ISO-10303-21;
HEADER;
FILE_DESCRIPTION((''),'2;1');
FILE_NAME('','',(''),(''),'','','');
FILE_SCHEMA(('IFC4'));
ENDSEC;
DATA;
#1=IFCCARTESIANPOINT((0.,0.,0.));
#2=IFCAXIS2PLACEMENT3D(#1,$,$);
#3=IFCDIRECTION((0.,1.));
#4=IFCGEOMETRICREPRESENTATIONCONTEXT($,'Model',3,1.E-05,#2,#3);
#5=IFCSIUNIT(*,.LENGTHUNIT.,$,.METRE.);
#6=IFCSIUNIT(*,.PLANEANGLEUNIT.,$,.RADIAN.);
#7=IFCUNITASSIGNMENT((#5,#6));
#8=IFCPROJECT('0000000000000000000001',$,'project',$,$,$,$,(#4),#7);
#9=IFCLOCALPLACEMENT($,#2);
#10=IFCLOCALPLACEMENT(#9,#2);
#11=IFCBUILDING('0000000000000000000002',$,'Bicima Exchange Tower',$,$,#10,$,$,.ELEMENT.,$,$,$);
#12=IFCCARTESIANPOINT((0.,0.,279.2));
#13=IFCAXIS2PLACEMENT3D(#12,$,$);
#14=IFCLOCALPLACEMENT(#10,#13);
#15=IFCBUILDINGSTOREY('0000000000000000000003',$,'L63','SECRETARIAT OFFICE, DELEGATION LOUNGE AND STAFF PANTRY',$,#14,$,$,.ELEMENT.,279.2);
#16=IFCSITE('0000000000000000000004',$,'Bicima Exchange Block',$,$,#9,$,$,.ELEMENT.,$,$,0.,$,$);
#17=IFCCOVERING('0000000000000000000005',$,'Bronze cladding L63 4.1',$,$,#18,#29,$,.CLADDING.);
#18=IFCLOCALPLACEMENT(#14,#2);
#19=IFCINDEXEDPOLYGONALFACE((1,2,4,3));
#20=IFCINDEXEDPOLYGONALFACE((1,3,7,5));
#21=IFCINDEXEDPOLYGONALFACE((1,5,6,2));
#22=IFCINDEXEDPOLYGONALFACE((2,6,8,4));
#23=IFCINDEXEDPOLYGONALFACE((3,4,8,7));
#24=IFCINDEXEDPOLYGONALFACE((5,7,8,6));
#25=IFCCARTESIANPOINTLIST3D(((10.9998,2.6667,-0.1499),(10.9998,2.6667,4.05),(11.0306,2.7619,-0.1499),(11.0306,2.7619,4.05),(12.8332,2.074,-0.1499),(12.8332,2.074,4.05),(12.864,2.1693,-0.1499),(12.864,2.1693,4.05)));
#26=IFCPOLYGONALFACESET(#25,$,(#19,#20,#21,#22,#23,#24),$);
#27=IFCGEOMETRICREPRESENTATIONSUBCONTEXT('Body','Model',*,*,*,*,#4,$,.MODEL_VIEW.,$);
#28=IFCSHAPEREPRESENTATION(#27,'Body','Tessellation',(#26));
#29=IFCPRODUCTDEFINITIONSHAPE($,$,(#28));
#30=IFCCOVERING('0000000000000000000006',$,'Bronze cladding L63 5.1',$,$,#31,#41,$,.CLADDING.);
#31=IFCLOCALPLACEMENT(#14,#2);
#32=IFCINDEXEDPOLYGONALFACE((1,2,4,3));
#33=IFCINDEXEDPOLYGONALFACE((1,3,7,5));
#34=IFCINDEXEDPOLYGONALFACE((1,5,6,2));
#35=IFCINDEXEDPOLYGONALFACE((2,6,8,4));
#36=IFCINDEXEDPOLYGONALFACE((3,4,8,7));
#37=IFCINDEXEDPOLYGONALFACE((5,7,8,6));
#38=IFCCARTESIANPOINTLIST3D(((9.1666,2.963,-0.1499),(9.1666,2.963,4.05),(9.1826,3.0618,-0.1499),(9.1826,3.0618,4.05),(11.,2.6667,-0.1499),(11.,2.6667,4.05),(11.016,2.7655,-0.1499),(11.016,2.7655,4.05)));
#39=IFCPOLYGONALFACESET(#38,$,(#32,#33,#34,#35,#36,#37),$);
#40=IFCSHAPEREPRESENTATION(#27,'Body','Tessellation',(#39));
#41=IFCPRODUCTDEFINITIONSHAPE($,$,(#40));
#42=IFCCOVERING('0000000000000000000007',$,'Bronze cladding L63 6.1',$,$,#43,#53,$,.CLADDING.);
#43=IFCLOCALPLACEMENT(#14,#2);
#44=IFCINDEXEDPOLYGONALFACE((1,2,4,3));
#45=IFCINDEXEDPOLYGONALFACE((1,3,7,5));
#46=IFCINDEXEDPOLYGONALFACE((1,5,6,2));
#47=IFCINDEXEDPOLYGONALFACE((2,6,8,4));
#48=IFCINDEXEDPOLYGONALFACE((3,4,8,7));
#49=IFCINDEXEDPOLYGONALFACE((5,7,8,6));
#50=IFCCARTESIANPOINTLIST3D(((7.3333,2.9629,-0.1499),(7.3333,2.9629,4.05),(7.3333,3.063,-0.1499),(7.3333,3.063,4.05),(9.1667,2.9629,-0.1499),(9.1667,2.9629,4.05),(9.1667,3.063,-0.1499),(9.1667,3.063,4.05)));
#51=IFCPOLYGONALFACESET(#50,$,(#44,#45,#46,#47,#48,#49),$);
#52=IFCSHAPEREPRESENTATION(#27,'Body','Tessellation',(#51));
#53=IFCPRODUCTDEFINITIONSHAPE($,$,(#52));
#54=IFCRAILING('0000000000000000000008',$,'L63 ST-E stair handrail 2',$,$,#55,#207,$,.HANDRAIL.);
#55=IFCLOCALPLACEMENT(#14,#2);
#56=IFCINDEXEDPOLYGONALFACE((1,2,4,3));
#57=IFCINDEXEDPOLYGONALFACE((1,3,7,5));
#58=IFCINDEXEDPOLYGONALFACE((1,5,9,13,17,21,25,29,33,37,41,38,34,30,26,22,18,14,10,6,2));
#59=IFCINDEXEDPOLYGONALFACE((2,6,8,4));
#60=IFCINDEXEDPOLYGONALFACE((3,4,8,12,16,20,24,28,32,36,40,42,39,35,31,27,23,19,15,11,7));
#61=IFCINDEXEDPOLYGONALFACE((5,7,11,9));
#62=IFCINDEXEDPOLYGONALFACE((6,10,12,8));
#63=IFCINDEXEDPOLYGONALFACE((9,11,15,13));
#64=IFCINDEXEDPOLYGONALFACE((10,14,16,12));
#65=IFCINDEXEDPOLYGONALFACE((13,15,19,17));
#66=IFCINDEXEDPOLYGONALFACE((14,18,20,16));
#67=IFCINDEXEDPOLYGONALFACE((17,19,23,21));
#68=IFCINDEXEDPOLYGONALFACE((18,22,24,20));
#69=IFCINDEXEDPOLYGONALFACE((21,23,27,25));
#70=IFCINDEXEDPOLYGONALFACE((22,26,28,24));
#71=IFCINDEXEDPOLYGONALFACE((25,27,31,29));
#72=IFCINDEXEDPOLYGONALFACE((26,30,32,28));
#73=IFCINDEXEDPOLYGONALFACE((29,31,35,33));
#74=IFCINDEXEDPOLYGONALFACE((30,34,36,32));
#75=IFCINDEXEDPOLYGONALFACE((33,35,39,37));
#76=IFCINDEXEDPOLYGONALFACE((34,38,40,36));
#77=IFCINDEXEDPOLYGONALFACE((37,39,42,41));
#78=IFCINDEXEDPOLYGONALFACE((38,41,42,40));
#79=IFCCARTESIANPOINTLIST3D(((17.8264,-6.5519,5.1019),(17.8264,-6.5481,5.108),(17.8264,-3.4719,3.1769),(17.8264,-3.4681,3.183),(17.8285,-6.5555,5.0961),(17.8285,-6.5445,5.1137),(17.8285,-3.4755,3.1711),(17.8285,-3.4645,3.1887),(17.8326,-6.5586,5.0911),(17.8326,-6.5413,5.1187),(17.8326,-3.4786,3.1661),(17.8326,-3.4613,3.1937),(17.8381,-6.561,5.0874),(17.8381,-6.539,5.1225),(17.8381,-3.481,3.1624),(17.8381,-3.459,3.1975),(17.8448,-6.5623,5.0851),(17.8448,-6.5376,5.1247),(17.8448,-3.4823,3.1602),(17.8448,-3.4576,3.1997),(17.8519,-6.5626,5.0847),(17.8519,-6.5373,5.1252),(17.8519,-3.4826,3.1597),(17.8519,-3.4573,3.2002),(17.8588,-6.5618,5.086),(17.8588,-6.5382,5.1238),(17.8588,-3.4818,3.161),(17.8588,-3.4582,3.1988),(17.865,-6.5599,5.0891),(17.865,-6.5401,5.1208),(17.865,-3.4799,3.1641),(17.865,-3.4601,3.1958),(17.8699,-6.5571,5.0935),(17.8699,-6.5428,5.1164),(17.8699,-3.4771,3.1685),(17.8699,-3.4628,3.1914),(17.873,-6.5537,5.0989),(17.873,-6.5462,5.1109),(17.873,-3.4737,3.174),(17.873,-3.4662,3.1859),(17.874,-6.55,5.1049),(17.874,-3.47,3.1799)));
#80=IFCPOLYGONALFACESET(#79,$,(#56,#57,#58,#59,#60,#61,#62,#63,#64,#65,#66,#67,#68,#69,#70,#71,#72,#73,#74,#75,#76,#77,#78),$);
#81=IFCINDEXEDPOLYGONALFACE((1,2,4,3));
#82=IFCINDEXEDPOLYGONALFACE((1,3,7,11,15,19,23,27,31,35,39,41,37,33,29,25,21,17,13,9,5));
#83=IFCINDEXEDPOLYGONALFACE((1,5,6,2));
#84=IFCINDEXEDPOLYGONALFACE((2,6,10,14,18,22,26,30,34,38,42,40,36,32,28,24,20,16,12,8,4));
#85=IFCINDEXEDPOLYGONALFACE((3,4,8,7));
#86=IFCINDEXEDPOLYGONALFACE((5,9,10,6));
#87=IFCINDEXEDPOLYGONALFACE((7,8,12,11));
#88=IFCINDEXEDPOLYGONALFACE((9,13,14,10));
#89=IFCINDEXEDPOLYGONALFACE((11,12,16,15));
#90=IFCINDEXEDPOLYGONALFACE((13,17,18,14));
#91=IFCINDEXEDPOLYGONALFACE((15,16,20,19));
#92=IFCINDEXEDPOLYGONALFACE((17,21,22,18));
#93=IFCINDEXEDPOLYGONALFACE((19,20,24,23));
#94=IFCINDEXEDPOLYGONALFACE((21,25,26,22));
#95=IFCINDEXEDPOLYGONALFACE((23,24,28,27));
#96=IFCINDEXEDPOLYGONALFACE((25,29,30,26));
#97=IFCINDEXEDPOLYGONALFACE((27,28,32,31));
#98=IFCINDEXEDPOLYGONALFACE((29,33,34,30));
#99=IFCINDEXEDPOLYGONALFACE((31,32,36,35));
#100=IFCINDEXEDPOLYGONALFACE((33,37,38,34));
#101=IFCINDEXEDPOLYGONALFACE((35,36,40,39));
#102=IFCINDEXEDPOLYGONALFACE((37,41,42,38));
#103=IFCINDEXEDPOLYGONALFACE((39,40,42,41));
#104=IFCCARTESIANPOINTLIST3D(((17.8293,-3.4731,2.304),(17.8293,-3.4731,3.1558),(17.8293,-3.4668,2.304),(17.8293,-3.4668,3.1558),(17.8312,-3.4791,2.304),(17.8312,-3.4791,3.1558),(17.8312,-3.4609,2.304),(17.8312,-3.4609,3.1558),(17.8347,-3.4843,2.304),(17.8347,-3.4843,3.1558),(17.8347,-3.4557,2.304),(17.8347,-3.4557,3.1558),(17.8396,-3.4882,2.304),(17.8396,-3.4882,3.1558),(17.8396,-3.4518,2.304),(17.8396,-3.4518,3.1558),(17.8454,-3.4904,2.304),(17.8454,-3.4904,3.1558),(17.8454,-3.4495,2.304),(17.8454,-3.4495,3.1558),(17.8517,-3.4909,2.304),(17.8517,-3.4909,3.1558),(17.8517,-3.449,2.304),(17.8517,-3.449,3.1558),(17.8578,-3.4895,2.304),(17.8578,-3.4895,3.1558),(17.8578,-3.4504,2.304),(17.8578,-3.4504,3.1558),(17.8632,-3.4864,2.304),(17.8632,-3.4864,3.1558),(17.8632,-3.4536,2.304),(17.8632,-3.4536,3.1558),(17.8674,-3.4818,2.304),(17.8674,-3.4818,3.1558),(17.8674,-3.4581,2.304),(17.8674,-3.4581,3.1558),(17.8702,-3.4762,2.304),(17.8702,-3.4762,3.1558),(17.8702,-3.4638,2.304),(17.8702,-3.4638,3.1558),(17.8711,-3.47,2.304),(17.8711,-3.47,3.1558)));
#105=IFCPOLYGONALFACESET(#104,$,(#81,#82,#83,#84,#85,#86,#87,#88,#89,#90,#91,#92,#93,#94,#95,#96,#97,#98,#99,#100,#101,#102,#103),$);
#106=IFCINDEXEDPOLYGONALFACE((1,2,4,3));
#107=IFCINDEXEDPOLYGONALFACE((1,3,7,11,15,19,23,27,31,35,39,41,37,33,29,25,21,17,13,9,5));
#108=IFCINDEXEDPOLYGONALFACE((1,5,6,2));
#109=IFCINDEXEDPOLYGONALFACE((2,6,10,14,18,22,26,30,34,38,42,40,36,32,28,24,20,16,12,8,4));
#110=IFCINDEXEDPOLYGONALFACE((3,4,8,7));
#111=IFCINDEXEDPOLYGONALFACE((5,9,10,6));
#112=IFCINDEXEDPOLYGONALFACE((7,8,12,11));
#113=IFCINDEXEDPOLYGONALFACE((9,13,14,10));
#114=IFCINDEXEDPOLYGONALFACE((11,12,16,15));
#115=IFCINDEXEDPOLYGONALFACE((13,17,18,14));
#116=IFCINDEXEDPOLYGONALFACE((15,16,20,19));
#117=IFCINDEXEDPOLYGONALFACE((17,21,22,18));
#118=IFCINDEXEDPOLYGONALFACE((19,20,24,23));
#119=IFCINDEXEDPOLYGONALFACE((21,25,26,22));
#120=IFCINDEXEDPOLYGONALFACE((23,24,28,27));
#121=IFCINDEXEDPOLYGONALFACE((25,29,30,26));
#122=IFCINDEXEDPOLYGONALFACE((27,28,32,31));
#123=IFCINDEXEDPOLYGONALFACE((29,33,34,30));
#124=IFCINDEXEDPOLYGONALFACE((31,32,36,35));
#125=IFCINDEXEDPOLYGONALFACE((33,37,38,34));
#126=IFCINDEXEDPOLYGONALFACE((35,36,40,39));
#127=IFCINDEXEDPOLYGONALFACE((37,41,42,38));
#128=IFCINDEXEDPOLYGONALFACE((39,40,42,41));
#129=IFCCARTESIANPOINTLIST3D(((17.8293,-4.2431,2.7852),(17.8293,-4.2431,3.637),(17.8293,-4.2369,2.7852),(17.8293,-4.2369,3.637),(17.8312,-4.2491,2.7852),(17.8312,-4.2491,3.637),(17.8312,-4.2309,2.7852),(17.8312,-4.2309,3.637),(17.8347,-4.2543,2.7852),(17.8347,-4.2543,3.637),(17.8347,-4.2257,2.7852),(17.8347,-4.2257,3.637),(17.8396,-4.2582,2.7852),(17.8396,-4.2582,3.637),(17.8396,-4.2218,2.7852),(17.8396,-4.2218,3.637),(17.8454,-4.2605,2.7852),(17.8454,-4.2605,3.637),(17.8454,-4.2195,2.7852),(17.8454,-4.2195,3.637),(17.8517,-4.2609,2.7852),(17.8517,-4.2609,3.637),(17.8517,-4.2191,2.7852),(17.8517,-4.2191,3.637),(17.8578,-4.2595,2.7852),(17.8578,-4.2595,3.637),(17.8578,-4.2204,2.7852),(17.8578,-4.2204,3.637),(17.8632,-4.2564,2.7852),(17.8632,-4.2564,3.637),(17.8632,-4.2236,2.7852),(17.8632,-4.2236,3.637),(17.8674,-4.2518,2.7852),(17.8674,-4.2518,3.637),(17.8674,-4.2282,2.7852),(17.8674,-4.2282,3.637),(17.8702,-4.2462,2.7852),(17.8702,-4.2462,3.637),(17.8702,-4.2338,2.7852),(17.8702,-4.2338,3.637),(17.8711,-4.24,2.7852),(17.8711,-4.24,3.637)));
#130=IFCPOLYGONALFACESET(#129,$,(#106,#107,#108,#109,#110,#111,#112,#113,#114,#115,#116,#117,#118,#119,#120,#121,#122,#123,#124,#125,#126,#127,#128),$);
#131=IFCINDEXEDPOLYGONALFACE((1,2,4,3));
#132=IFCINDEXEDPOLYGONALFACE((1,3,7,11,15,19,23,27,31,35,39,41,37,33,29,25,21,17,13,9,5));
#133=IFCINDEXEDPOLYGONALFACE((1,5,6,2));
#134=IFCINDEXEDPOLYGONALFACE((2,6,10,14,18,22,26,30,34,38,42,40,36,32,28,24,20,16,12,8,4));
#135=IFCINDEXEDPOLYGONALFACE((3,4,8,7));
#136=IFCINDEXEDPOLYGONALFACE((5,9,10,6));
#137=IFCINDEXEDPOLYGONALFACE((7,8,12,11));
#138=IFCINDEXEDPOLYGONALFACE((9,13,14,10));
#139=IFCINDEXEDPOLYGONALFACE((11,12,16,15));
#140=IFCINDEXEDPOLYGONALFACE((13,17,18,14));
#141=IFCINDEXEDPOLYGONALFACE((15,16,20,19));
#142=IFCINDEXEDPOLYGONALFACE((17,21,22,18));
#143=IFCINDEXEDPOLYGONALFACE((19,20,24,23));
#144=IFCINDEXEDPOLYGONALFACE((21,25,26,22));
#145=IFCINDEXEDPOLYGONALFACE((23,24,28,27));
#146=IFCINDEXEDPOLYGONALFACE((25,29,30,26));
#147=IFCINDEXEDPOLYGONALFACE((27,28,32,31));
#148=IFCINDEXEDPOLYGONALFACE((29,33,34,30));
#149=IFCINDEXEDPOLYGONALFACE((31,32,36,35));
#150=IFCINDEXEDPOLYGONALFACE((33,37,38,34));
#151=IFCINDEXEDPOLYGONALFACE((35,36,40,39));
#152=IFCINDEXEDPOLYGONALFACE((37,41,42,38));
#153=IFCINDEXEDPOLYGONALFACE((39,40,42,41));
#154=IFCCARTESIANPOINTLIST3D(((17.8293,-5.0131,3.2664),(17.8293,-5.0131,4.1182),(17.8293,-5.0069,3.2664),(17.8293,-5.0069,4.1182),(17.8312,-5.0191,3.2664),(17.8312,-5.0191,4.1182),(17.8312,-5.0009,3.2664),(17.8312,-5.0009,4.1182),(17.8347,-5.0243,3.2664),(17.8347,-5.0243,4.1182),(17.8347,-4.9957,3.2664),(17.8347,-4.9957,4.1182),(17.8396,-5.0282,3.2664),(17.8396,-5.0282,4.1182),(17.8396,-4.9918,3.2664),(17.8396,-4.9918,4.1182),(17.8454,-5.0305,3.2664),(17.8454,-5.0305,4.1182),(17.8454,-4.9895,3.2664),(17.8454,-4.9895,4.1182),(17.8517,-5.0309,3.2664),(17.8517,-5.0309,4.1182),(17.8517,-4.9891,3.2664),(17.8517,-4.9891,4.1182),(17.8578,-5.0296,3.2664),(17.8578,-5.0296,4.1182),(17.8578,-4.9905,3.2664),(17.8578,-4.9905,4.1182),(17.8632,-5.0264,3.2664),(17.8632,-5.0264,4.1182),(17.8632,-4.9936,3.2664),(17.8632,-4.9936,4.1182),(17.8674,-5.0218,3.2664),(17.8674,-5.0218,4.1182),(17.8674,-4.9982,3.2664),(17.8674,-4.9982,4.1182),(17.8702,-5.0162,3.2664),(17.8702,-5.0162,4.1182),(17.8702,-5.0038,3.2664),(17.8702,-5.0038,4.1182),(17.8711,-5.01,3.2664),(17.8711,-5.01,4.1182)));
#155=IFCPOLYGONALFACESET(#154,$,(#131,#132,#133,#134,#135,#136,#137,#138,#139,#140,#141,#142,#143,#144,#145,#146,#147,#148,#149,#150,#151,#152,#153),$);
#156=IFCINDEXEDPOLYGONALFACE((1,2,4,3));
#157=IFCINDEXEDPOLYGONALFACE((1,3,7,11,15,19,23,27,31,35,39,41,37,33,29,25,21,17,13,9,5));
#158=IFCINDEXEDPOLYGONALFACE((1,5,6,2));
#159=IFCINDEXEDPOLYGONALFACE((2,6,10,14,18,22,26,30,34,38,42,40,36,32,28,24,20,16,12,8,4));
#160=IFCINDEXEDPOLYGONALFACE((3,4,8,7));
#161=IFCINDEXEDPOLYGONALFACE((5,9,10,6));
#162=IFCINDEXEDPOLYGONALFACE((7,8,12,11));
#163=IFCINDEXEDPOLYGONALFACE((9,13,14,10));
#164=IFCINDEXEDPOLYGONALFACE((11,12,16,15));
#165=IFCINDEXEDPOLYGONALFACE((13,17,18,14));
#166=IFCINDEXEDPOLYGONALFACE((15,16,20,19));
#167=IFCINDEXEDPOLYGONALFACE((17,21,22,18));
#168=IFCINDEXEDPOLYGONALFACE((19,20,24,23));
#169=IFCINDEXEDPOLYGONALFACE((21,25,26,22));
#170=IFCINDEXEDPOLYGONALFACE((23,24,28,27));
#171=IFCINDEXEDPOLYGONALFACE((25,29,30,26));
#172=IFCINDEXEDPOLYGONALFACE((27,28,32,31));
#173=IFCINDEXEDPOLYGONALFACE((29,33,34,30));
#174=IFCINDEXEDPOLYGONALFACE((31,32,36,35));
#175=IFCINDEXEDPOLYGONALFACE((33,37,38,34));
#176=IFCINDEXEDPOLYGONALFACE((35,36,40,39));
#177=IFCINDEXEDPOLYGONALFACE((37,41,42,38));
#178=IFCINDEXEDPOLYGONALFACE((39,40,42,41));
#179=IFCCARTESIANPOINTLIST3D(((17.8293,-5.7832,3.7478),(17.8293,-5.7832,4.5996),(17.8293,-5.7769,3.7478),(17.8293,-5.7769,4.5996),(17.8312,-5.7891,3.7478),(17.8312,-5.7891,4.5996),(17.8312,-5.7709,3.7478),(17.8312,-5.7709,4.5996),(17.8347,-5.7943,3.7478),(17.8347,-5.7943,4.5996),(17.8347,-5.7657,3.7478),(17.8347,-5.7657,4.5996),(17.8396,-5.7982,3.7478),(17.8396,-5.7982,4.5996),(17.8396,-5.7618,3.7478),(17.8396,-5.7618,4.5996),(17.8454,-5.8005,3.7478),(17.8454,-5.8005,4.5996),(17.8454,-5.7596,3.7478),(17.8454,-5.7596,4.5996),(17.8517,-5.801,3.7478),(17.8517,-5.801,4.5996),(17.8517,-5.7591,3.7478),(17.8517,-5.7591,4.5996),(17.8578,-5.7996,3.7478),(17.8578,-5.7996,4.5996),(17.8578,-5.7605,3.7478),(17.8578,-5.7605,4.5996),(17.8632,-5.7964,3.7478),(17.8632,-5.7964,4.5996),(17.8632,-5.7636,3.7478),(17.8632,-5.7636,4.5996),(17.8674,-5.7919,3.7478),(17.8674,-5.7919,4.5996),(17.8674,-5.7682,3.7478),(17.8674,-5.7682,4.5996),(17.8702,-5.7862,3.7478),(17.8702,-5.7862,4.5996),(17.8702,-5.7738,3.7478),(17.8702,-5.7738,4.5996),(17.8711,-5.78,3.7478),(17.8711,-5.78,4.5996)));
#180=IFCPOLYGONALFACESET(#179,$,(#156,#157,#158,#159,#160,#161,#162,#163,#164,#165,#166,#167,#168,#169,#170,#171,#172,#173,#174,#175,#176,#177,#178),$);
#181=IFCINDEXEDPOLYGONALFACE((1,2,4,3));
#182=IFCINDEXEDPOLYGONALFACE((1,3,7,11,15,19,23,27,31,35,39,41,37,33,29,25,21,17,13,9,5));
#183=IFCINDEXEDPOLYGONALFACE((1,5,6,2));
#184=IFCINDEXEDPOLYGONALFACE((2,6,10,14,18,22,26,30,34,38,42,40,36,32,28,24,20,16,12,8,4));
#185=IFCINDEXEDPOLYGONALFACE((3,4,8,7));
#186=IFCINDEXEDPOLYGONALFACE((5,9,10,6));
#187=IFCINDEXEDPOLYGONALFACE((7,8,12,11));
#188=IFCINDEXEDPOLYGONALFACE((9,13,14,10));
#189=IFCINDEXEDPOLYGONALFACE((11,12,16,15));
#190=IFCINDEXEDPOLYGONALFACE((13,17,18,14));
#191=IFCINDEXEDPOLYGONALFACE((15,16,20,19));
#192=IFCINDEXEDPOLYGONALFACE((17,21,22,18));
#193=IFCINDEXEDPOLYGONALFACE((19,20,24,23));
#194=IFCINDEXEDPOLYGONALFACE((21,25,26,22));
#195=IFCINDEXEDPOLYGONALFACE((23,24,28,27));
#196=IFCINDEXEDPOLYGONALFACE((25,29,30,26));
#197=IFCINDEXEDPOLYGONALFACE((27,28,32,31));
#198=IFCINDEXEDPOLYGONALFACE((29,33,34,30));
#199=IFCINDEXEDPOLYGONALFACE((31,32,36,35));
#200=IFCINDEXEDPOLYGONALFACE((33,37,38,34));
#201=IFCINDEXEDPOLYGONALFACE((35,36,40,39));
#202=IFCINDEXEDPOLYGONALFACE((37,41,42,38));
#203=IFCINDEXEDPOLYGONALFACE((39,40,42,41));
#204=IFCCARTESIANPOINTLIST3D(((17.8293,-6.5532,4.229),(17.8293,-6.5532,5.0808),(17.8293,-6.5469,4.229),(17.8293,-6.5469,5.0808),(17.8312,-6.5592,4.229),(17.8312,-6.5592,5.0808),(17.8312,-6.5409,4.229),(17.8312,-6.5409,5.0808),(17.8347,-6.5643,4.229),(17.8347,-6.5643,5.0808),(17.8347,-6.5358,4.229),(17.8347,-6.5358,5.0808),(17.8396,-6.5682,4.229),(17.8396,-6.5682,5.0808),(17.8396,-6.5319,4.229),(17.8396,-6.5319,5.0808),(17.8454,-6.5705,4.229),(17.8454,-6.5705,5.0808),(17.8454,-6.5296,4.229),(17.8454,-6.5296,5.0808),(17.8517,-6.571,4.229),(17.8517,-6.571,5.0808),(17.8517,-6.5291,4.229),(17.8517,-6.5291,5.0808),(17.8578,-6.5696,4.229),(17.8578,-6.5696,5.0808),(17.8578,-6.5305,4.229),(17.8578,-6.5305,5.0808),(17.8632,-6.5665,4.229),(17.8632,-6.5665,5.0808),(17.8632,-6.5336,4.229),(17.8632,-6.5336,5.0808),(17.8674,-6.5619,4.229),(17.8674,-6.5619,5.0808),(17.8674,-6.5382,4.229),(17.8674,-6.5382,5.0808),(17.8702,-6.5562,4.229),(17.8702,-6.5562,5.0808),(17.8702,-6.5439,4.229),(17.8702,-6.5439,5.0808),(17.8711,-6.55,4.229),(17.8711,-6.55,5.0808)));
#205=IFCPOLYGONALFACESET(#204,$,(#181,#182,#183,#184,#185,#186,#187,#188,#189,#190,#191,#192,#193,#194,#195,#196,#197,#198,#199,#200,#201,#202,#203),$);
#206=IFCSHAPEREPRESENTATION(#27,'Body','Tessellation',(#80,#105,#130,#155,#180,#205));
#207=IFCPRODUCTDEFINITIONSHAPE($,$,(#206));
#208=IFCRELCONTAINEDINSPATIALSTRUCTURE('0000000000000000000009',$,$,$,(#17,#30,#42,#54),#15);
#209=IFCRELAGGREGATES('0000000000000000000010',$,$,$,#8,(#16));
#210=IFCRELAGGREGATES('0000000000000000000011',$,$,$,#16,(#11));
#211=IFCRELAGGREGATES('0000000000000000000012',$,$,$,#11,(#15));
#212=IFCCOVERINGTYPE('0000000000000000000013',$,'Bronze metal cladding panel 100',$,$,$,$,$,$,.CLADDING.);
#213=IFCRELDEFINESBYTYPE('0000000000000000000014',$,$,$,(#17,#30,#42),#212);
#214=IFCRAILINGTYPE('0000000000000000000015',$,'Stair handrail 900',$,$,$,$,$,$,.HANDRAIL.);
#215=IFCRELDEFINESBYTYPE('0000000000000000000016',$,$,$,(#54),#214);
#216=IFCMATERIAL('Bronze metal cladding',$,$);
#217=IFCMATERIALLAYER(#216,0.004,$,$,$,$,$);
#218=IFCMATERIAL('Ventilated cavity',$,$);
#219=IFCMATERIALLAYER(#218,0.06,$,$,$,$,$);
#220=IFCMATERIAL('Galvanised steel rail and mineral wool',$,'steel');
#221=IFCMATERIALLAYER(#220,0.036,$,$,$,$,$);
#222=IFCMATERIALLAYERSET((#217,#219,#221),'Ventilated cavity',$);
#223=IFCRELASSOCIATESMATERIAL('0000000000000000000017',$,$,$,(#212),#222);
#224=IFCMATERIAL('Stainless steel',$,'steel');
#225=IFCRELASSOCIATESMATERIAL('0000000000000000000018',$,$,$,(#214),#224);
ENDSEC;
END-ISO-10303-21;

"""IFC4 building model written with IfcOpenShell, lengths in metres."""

from ifc_helpers import new_model, si_unit, direction, frame, origin, origin_2d, place, context, subcontext, project, spatial, rectangle, circle, extrude, material, layer, layer_set, type_object, element, save


model = new_model("IFC4")

# Units and contexts
model_context = context("Model", 3, precision=1e-05, world=origin(), true_north=direction((0.0, 1.0)))
body_context = subcontext(model_context, "Body", "Model", "MODEL_VIEW")
ifc_project = project(units=[si_unit("LENGTHUNIT", "METRE"), si_unit("PLANEANGLEUNIT", "RADIAN")], contexts=[model_context])

# Site, building, storey
site_placement = place(None, origin())
site = spatial("IfcSite", under=ifc_project, at=site_placement, Name="Bicima Exchange Block", CompositionType="ELEMENT", RefElevation=0.0)
building_placement = place(site_placement, origin())
building = spatial("IfcBuilding", under=site, at=building_placement, Name="Bicima Exchange Tower", CompositionType="ELEMENT")
storey_placement = place(building_placement, frame((0.0, 0.0, 279.2)))
storey = spatial("IfcBuildingStorey", under=building, at=storey_placement, Name="L63", Description="SECRETARIAT OFFICE, DELEGATION LOUNGE AND STAFF PANTRY", CompositionType="ELEMENT", Elevation=279.2)

# Coverings
ifc_material_1 = material(Name="Bronze metal cladding")
ifc_layer_1 = layer(ifc_material_1, 0.004)
ifc_material_2 = material(Name="Ventilated cavity")
ifc_layer_2 = layer(ifc_material_2, 0.06)
ifc_material_3 = material(Name="Galvanised steel rail and mineral wool", Category="steel")
ifc_layer_3 = layer(ifc_material_3, 0.036)
ifc_layer_set_1 = layer_set([ifc_layer_1, ifc_layer_2, ifc_layer_3], Name="Ventilated cavity")
covering_type = type_object("IfcCoveringType", Name="Bronze metal cladding panel 100", PredefinedType="CLADDING", material=ifc_layer_set_1)
covering_1_placement = place(storey_placement, frame((11.9319, 2.418, -0.1499), z_axis=(0.0, 0.0, 1.0), x_axis=(-0.951525, 0.307573, 0.0)))
element("IfcCovering", 1, at=covering_1_placement, inside=storey, type_object=covering_type, Name="Bronze cladding L63 4.1", PredefinedType="CLADDING", context=body_context, shape_type="SweptSolid", body=[
    extrude(rectangle(XDim=1.9268, YDim=0.1001, at=origin_2d()), origin(), (0.0, 0.0, 1.0), 4.2),
])
covering_2_placement = place(storey_placement, frame((10.0913, 2.8643, -0.1499), z_axis=(0.0, 0.0, 1.0), x_axis=(-0.98719, 0.15955, 0.0)))
element("IfcCovering", 2, at=covering_2_placement, inside=storey, type_object=covering_type, Name="Bronze cladding L63 5.1", PredefinedType="CLADDING", context=body_context, shape_type="SweptSolid", body=[
    extrude(rectangle(XDim=1.8572, YDim=0.1001, at=origin_2d()), origin(), (0.0, 0.0, 1.0), 4.2),
])
covering_3_placement = place(storey_placement, frame((8.25, 3.0129, -0.1499), z_axis=(0.0, 0.0, 1.0), x_axis=(-1.0, 0.0, 0.0)))
element("IfcCovering", 3, at=covering_3_placement, inside=storey, type_object=covering_type, Name="Bronze cladding L63 6.1", PredefinedType="CLADDING", context=body_context, shape_type="SweptSolid", body=[
    extrude(rectangle(XDim=1.8335, YDim=0.1001, at=origin_2d()), origin(), (0.0, 0.0, 1.0), 4.2),
])

# Railing
ifc_material_4 = material(Name="Stainless steel", Category="steel")
railing_type = type_object("IfcRailingType", Name="Stair handrail 900", PredefinedType="HANDRAIL", material=ifc_material_4)
railing_placement = place(storey_placement, frame((17.8501, -3.47, 2.304)))
element("IfcRailing", 4, at=railing_placement, inside=storey, type_object=railing_type, Name="L63 ST-E stair handrail 2", PredefinedType="HANDRAIL", context=body_context, shape_type="SweptSolid", body=[
    extrude(circle(Radius=0.0239, at=origin_2d()), frame((0.0, 0.0, 0.876), z_axis=(0.0, -0.847998, 0.529999), x_axis=(1.0, 0.0, 0.0)), (0.0, 0.0, 1.0), 3.6321),
    extrude(circle(Radius=0.021, at=origin_2d()), origin(), (0.0, 0.0, 1.0), 0.8518),
    extrude(circle(Radius=0.021, at=origin_2d()), frame((0.0, -0.77, 0.4812)), (0.0, 0.0, 1.0), 0.8518),
    extrude(circle(Radius=0.021, at=origin_2d()), frame((0.0, -1.54, 0.9624)), (0.0, 0.0, 1.0), 0.8518),
    extrude(circle(Radius=0.021, at=origin_2d()), frame((0.0, -2.3101, 1.4438)), (0.0, 0.0, 1.0), 0.8518),
    extrude(circle(Radius=0.021, at=origin_2d()), frame((0.0, -3.0801, 1.925)), (0.0, 0.0, 1.0), 0.8518),
])

save(model, "model.ifc")
